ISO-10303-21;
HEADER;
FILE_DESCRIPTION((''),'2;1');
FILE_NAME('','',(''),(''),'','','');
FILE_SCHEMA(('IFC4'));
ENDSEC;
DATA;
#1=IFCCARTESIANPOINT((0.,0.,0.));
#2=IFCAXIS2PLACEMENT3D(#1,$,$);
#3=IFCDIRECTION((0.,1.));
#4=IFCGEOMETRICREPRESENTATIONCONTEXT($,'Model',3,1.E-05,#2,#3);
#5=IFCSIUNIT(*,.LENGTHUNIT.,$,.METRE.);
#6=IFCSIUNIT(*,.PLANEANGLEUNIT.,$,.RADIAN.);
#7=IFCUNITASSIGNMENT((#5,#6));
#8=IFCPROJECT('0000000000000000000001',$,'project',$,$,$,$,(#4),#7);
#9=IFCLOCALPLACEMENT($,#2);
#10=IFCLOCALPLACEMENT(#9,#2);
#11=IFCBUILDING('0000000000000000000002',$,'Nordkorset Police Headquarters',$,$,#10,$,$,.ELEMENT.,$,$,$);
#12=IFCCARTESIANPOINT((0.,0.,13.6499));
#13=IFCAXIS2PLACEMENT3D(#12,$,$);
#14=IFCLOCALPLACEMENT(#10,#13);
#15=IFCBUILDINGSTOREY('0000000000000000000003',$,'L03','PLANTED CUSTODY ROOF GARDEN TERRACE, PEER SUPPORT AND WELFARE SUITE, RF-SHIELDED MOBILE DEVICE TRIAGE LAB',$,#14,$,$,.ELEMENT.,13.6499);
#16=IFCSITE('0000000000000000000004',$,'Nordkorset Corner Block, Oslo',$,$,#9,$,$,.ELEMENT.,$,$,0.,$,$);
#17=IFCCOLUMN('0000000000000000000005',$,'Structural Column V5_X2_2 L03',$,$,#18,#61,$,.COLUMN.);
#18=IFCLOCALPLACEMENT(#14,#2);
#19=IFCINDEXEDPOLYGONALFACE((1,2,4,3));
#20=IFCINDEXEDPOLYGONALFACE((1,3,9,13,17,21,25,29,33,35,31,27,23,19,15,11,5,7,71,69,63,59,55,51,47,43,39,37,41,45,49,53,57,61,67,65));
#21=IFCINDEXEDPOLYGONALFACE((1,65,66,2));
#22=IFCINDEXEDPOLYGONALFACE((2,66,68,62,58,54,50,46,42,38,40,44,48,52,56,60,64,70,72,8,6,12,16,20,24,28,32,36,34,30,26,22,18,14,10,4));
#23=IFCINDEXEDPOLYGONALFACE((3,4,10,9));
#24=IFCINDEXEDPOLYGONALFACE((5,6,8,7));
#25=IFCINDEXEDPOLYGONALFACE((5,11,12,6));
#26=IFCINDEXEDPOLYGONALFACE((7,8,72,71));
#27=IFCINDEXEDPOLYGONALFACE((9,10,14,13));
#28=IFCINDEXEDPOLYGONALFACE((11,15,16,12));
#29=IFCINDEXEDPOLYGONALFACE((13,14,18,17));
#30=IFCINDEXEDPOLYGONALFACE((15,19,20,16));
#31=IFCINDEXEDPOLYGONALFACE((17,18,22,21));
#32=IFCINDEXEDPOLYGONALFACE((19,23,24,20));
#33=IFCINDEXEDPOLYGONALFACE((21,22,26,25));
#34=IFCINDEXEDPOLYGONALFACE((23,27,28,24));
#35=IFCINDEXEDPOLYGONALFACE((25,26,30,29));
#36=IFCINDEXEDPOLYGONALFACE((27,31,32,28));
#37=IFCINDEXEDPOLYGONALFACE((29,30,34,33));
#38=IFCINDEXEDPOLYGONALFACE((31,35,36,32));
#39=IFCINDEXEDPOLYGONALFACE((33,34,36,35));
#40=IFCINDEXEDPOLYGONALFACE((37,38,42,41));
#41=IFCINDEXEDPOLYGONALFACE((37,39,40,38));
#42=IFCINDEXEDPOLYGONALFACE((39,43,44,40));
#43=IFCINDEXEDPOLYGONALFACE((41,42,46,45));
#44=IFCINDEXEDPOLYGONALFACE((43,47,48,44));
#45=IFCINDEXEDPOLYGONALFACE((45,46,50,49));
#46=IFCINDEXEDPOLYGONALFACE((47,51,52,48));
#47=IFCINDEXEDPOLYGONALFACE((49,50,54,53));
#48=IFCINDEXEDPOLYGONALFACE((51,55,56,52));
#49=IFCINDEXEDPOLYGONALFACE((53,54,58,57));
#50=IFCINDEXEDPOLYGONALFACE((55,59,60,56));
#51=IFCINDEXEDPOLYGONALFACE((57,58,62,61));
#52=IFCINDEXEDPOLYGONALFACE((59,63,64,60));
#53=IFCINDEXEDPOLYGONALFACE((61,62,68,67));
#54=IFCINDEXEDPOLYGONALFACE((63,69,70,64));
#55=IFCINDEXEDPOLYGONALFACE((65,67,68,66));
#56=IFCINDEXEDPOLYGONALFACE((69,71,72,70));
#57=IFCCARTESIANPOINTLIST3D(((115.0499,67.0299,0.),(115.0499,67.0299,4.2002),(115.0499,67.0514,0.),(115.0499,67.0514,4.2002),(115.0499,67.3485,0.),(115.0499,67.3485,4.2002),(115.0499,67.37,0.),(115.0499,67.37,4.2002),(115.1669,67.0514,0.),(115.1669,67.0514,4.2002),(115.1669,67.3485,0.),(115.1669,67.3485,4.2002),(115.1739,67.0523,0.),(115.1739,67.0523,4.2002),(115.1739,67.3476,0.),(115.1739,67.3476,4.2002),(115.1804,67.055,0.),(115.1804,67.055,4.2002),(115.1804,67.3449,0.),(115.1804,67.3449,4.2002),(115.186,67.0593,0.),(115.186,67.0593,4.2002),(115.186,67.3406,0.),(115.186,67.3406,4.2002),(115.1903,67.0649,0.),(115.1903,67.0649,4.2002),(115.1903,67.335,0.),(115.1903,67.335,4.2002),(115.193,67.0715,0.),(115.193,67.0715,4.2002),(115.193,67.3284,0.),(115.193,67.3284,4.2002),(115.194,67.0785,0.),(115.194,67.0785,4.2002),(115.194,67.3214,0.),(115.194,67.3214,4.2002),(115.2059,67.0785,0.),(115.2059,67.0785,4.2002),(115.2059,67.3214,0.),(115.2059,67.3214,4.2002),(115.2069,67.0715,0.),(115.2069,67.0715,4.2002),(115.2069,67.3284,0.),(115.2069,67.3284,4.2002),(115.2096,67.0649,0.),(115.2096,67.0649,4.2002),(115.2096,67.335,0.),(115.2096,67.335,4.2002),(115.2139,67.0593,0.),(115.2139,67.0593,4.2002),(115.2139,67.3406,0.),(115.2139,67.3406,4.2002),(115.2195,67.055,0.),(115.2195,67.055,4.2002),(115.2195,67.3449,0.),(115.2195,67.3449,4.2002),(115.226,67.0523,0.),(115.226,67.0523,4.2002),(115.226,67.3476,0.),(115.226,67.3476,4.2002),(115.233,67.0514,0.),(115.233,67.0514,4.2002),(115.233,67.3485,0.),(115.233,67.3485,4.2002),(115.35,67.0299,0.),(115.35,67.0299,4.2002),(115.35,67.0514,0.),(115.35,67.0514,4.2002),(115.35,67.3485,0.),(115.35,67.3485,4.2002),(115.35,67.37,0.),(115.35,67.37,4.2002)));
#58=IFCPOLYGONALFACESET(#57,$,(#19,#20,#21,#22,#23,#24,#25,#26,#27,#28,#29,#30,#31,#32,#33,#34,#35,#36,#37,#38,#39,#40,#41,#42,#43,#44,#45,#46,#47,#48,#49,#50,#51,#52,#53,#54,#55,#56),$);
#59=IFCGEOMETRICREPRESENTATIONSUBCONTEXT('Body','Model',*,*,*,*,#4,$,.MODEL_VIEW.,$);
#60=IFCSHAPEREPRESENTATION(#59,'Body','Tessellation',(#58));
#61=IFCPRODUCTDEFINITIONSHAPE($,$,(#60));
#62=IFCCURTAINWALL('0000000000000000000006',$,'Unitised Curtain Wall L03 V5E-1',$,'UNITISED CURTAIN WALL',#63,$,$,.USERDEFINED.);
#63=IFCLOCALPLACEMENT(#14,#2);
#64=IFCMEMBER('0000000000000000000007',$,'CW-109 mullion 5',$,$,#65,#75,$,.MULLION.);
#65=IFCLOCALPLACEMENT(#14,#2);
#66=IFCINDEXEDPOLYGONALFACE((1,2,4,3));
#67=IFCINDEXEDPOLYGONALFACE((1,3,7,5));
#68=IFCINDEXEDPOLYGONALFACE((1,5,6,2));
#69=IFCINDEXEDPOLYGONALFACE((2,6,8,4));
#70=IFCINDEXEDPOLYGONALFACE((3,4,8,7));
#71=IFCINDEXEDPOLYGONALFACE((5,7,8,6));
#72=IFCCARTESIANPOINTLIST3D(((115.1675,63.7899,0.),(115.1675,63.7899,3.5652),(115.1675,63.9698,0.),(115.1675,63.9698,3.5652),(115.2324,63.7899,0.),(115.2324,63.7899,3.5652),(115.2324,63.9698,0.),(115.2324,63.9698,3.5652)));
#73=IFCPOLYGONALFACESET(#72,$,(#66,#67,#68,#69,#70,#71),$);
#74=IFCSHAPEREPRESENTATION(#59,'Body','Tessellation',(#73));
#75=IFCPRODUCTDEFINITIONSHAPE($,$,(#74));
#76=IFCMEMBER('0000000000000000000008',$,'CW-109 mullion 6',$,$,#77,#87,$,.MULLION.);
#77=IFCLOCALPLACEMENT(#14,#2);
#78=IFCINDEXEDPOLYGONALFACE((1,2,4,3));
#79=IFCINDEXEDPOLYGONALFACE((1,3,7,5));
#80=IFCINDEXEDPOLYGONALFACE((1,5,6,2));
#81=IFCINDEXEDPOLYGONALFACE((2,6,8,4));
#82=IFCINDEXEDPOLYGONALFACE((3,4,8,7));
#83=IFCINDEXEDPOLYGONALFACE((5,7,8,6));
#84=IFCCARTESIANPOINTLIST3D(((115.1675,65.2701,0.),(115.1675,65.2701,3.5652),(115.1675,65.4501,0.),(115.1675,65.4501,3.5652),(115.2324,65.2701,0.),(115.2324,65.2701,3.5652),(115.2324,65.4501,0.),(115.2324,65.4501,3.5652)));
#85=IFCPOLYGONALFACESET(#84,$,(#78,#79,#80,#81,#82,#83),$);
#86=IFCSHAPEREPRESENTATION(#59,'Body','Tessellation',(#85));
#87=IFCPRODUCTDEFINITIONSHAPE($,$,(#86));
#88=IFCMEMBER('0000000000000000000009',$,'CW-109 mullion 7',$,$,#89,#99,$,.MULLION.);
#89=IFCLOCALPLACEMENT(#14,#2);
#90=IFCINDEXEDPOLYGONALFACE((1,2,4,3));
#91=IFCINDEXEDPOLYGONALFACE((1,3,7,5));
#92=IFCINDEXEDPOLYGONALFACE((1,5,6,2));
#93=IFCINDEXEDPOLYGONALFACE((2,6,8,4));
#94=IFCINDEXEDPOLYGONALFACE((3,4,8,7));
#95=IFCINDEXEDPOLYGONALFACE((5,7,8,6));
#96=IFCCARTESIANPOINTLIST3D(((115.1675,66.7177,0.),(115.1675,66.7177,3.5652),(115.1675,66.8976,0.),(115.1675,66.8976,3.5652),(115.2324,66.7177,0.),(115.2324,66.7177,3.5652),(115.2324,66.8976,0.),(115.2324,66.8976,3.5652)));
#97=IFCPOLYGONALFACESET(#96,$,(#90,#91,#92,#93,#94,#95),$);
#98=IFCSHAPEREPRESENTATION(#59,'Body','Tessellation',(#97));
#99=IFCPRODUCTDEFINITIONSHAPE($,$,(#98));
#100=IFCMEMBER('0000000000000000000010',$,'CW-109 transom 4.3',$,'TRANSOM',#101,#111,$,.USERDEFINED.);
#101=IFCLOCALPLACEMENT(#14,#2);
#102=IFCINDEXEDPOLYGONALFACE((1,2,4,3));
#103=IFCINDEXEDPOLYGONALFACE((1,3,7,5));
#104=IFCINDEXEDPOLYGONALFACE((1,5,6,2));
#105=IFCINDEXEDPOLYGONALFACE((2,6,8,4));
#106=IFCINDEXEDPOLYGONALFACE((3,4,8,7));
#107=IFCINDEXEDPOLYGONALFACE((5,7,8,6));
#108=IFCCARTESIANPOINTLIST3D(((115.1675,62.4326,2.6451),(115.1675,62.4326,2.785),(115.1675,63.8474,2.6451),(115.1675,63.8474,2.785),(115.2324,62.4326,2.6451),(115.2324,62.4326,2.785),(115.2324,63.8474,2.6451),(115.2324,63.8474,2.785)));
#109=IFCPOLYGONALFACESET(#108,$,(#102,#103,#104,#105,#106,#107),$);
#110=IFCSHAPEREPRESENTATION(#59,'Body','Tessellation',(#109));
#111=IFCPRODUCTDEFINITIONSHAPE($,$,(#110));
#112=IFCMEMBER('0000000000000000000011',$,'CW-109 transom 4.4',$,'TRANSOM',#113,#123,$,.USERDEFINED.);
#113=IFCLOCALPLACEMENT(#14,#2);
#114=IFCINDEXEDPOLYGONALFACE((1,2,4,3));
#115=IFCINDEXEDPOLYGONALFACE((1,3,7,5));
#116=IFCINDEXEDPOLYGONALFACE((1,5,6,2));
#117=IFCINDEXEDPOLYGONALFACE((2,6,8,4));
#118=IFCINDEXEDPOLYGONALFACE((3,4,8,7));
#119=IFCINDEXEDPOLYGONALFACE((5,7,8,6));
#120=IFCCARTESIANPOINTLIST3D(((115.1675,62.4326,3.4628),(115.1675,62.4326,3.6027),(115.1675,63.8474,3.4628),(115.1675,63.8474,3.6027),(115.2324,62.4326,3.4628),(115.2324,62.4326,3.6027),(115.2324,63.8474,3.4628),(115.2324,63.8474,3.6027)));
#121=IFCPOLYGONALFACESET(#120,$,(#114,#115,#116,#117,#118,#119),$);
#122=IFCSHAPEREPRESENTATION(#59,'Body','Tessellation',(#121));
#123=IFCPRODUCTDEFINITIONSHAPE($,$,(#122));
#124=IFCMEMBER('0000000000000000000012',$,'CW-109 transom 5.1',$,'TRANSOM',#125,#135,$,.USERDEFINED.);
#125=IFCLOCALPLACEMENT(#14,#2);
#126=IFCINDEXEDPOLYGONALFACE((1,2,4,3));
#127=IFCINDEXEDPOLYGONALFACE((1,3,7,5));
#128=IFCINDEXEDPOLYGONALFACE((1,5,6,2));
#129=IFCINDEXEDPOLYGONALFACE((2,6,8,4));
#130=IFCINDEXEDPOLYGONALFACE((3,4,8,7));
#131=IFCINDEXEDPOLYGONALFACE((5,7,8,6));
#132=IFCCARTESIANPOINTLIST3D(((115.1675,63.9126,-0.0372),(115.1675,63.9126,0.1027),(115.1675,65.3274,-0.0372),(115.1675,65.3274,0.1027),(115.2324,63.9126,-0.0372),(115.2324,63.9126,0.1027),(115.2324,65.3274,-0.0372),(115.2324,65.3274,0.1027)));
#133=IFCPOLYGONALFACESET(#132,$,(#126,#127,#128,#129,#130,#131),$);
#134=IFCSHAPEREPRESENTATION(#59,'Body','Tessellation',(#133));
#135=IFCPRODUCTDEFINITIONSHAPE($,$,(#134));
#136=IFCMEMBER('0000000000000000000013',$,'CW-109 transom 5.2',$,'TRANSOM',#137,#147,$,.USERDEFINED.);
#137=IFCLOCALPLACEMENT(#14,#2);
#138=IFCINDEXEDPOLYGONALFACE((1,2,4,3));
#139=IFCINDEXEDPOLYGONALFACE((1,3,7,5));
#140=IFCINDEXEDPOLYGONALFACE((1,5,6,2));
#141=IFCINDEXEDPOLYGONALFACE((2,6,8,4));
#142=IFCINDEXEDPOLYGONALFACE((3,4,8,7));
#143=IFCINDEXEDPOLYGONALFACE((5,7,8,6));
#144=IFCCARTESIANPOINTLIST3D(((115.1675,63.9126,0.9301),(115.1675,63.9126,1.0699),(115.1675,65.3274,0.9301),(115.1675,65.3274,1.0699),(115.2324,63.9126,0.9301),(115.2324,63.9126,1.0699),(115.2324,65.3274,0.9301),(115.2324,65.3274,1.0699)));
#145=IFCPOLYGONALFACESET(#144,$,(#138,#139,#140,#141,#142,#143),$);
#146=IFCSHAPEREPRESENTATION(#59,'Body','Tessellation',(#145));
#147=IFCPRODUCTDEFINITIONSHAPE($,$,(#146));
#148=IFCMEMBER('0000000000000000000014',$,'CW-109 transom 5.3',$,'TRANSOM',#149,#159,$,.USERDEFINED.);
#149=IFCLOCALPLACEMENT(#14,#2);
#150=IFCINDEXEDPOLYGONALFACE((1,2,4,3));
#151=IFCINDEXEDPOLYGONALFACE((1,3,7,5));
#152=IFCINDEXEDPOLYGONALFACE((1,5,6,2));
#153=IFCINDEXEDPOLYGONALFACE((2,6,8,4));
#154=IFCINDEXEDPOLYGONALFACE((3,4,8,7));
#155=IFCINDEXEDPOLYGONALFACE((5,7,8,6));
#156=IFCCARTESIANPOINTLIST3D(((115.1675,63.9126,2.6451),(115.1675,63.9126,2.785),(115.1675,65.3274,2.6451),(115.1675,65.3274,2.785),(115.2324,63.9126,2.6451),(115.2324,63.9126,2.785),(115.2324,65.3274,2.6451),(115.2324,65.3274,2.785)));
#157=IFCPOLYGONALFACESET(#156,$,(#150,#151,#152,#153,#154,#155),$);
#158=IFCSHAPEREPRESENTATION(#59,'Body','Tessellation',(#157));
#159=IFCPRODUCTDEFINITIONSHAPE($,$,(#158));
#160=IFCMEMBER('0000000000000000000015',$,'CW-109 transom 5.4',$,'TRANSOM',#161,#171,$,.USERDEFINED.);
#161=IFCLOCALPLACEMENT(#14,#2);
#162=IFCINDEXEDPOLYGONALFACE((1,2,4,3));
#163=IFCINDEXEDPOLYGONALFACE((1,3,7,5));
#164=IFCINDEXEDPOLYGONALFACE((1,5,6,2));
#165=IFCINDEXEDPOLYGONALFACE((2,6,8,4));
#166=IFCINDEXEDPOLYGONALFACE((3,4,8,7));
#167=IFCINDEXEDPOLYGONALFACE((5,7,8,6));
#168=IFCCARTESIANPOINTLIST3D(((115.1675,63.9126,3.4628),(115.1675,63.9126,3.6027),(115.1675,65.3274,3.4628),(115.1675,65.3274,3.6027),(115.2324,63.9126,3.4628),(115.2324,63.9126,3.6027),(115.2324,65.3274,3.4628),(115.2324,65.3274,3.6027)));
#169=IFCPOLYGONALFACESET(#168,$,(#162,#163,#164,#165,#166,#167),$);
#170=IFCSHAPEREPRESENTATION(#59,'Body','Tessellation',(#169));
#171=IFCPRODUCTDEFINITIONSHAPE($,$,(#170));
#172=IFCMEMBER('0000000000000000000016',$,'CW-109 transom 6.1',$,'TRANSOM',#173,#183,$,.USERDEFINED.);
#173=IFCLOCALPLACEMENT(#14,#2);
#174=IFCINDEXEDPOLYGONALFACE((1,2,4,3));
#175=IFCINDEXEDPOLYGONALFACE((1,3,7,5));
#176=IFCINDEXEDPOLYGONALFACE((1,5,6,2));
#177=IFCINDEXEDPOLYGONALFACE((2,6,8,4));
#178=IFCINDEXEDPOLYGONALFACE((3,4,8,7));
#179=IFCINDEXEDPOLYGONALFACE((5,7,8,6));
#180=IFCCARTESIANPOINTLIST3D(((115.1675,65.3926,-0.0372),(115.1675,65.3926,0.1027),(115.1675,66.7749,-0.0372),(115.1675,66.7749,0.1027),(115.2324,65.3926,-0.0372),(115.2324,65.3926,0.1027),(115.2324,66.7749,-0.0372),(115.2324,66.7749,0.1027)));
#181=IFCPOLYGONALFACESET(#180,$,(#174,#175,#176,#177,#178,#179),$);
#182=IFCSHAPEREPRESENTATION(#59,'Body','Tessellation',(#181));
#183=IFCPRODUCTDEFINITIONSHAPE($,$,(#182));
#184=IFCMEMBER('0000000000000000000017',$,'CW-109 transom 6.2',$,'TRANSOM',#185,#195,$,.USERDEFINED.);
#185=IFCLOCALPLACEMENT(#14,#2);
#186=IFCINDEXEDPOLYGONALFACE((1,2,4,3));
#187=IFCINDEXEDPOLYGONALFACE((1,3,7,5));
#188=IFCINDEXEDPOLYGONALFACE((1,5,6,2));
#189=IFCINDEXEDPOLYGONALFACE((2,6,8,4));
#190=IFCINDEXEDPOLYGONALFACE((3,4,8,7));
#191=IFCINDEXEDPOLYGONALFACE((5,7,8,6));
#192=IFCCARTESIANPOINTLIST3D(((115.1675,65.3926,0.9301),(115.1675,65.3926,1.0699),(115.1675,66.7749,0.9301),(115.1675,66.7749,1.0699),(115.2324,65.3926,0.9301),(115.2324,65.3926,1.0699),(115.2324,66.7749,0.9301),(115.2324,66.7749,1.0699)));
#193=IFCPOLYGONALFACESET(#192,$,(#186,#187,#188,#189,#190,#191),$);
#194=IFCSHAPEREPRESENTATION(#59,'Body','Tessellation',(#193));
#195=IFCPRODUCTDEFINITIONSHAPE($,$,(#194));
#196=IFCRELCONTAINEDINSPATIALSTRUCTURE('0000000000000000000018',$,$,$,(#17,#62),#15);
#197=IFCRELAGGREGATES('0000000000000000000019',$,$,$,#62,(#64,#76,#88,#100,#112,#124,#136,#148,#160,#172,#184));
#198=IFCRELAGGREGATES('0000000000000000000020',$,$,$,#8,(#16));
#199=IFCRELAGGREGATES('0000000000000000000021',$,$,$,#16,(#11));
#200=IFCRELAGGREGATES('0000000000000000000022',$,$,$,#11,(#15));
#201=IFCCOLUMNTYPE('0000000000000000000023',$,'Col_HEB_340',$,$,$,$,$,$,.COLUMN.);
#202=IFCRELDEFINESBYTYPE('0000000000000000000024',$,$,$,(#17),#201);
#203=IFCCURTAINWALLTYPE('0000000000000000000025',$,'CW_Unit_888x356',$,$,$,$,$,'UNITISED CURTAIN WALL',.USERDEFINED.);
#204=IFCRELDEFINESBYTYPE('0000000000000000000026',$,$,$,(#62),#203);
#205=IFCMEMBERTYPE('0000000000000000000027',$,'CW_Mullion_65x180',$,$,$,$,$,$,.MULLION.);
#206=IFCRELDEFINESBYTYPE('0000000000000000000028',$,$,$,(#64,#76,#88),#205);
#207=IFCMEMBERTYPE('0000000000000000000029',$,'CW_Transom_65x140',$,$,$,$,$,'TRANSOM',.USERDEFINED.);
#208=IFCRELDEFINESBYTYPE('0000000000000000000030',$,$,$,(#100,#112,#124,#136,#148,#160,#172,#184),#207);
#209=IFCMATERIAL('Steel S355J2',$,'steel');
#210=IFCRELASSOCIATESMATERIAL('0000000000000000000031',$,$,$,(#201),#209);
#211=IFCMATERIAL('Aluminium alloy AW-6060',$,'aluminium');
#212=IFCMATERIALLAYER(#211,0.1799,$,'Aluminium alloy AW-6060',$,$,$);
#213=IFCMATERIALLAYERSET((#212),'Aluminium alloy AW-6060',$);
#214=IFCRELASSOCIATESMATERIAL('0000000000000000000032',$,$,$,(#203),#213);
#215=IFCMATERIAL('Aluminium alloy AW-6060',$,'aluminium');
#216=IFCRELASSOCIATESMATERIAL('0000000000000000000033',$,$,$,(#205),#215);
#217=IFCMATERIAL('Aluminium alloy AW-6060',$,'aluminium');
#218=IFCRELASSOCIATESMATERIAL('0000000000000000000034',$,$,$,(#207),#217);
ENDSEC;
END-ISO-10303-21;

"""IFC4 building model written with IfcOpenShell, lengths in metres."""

from ifc_helpers import new_model, si_unit, direction, frame, origin, origin_2d, place, context, subcontext, project, spatial, rectangle, i_section, extrude, material, layer, layer_set, material_profile, profile_set, type_object, element, aggregate, save


model = new_model("IFC4")

# Units and contexts
model_context = context("Model", 3, precision=1e-05, world=origin(), true_north=direction((0.0, 1.0)))
body_context = subcontext(model_context, "Body", "Model", "MODEL_VIEW")
ifc_project = project(units=[si_unit("LENGTHUNIT", "METRE"), si_unit("PLANEANGLEUNIT", "RADIAN")], contexts=[model_context])

# Site, building, storey
site_placement = place(None, origin())
site = spatial("IfcSite", under=ifc_project, at=site_placement, Name="Nordkorset Corner Block, Oslo", CompositionType="ELEMENT", RefElevation=0.0)
building_placement = place(site_placement, origin())
building = spatial("IfcBuilding", under=site, at=building_placement, Name="Nordkorset Police Headquarters", CompositionType="ELEMENT")
storey_placement = place(building_placement, frame((0.0, 0.0, 13.6499)))
storey = spatial("IfcBuildingStorey", under=building, at=storey_placement, Name="L03", Description="PLANTED CUSTODY ROOF GARDEN TERRACE, PEER SUPPORT AND WELFARE SUITE, RF-SHIELDED MOBILE DEVICE TRIAGE LAB", CompositionType="ELEMENT", Elevation=13.6499)

# Column
ifc_material_1 = material(Name="Steel S355J2", Category="steel")
ifc_material_profile_1 = material_profile(ifc_material_1, i_section(OverallWidth=0.3, OverallDepth=0.3401, WebThickness=0.012, FlangeThickness=0.0215, FilletRadius=0.0271, at=origin_2d()), Name="HEB 340")
ifc_profile_set_1 = profile_set([ifc_material_profile_1], Name="Steel S355J2")
column_type = type_object("IfcColumnType", Name="Col_HEB_340", PredefinedType="COLUMN", material=ifc_profile_set_1)
column_placement = place(storey_placement, frame((115.2, 67.2, 0.0), z_axis=(0.0, 0.0, 1.0), x_axis=(1.0, 0.0, 0.0)))
element("IfcColumn", 1, at=column_placement, inside=storey, type_object=column_type, Name="Structural Column V5_X2_2 L03", PredefinedType="COLUMN", context=body_context, shape_type="SweptSolid", body=[
    extrude(i_section(OverallWidth=0.3, OverallDepth=0.3401, WebThickness=0.012, FlangeThickness=0.0215, FilletRadius=0.0271, at=origin_2d()), origin(), (0.0, 0.0, 1.0), 4.2002),
])

# Curtain wall, members
ifc_material_2 = material(Name="Aluminium alloy AW-6060", Category="aluminium")
ifc_layer_1 = layer(ifc_material_2, 0.1799, Name="Aluminium alloy AW-6060")
ifc_layer_set_1 = layer_set([ifc_layer_1], Name="Aluminium alloy AW-6060")
curtain_wall_type = type_object("IfcCurtainWallType", Name="CW_Unit_888x356", ElementType="UNITISED CURTAIN WALL", PredefinedType="USERDEFINED", material=ifc_layer_set_1)
curtain_wall_placement = place(storey_placement, origin())
curtain_wall = element("IfcCurtainWall", 2, at=curtain_wall_placement, inside=storey, type_object=curtain_wall_type, Name="Unitised Curtain Wall L03 V5E-1", ObjectType="UNITISED CURTAIN WALL", PredefinedType="USERDEFINED")
ifc_material_3 = material(Name="Aluminium alloy AW-6060", Category="aluminium")
ifc_material_profile_2 = material_profile(ifc_material_3, rectangle(XDim=0.0649, YDim=0.1799, at=origin_2d()), Name="ALU MULL 65x180")
ifc_profile_set_2 = profile_set([ifc_material_profile_2], Name="Aluminium alloy AW-6060")
member_type_1 = type_object("IfcMemberType", Name="CW_Mullion_65x180", PredefinedType="MULLION", material=ifc_profile_set_2)
member_1_placement = place(storey_placement, frame((115.2, 63.8799, 0.0), z_axis=(0.0, 0.0, 1.0), x_axis=(-1.0, 0.0, 0.0)))
member_1 = element("IfcMember", 3, at=member_1_placement, type_object=member_type_1, Name="CW-109 mullion 5", PredefinedType="MULLION", context=body_context, shape_type="SweptSolid", body=[
    extrude(rectangle(XDim=0.0649, YDim=0.1799, at=origin_2d()), origin(), (0.0, 0.0, 1.0), 3.5652),
])
member_2_placement = place(storey_placement, frame((115.2, 65.3601, 0.0), z_axis=(0.0, 0.0, 1.0), x_axis=(-1.0, 0.0, 0.0)))
member_2 = element("IfcMember", 4, at=member_2_placement, type_object=member_type_1, Name="CW-109 mullion 6", PredefinedType="MULLION", context=body_context, shape_type="SweptSolid", body=[
    extrude(rectangle(XDim=0.0649, YDim=0.1799, at=origin_2d()), origin(), (0.0, 0.0, 1.0), 3.5652),
])
member_3_placement = place(storey_placement, frame((115.2, 66.8076, 0.0), z_axis=(0.0, 0.0, 1.0), x_axis=(-1.0, 0.0, 0.0)))
member_3 = element("IfcMember", 5, at=member_3_placement, type_object=member_type_1, Name="CW-109 mullion 7", PredefinedType="MULLION", context=body_context, shape_type="SweptSolid", body=[
    extrude(rectangle(XDim=0.0649, YDim=0.1799, at=origin_2d()), origin(), (0.0, 0.0, 1.0), 3.5652),
])
ifc_material_4 = material(Name="Aluminium alloy AW-6060", Category="aluminium")
ifc_material_profile_3 = material_profile(ifc_material_4, rectangle(XDim=0.0649, YDim=0.1399, at=origin_2d()), Name="ALU TRAN 65x140")
ifc_profile_set_3 = profile_set([ifc_material_profile_3], Name="Aluminium alloy AW-6060")
member_type_2 = type_object("IfcMemberType", Name="CW_Transom_65x140", ElementType="TRANSOM", PredefinedType="USERDEFINED", material=ifc_profile_set_3)
member_4_placement = place(storey_placement, frame((115.2, 62.4326, 2.7151), z_axis=(0.0, 1.0, 0.0), x_axis=(-1.0, 0.0, 0.0)))
member_4 = element("IfcMember", 6, at=member_4_placement, type_object=member_type_2, Name="CW-109 transom 4.3", ObjectType="TRANSOM", PredefinedType="USERDEFINED", context=body_context, shape_type="SweptSolid", body=[
    extrude(rectangle(XDim=0.0649, YDim=0.1399, at=origin_2d()), origin(), (0.0, 0.0, 1.0), 1.4148),
])
member_5_placement = place(storey_placement, frame((115.2, 62.4326, 3.5327), z_axis=(0.0, 1.0, 0.0), x_axis=(-1.0, 0.0, 0.0)))
member_5 = element("IfcMember", 7, at=member_5_placement, type_object=member_type_2, Name="CW-109 transom 4.4", ObjectType="TRANSOM", PredefinedType="USERDEFINED", context=body_context, shape_type="SweptSolid", body=[
    extrude(rectangle(XDim=0.0649, YDim=0.1399, at=origin_2d()), origin(), (0.0, 0.0, 1.0), 1.4148),
])
member_6_placement = place(storey_placement, frame((115.2, 63.9126, 0.0327), z_axis=(0.0, 1.0, 0.0), x_axis=(-1.0, 0.0, 0.0)))
member_6 = element("IfcMember", 8, at=member_6_placement, type_object=member_type_2, Name="CW-109 transom 5.1", ObjectType="TRANSOM", PredefinedType="USERDEFINED", context=body_context, shape_type="SweptSolid", body=[
    extrude(rectangle(XDim=0.0649, YDim=0.1399, at=origin_2d()), origin(), (0.0, 0.0, 1.0), 1.4148),
])
member_7_placement = place(storey_placement, frame((115.2, 63.9126, 1.0), z_axis=(0.0, 1.0, 0.0), x_axis=(-1.0, 0.0, 0.0)))
member_7 = element("IfcMember", 9, at=member_7_placement, type_object=member_type_2, Name="CW-109 transom 5.2", ObjectType="TRANSOM", PredefinedType="USERDEFINED", context=body_context, shape_type="SweptSolid", body=[
    extrude(rectangle(XDim=0.0649, YDim=0.1399, at=origin_2d()), origin(), (0.0, 0.0, 1.0), 1.4148),
])
member_8_placement = place(storey_placement, frame((115.2, 63.9126, 2.7151), z_axis=(0.0, 1.0, 0.0), x_axis=(-1.0, 0.0, 0.0)))
member_8 = element("IfcMember", 10, at=member_8_placement, type_object=member_type_2, Name="CW-109 transom 5.3", ObjectType="TRANSOM", PredefinedType="USERDEFINED", context=body_context, shape_type="SweptSolid", body=[
    extrude(rectangle(XDim=0.0649, YDim=0.1399, at=origin_2d()), origin(), (0.0, 0.0, 1.0), 1.4148),
])
member_9_placement = place(storey_placement, frame((115.2, 63.9126, 3.5327), z_axis=(0.0, 1.0, 0.0), x_axis=(-1.0, 0.0, 0.0)))
member_9 = element("IfcMember", 11, at=member_9_placement, type_object=member_type_2, Name="CW-109 transom 5.4", ObjectType="TRANSOM", PredefinedType="USERDEFINED", context=body_context, shape_type="SweptSolid", body=[
    extrude(rectangle(XDim=0.0649, YDim=0.1399, at=origin_2d()), origin(), (0.0, 0.0, 1.0), 1.4148),
])
member_10_placement = place(storey_placement, frame((115.2, 65.3926, 0.0327), z_axis=(0.0, 1.0, 0.0), x_axis=(-1.0, 0.0, 0.0)))
member_10 = element("IfcMember", 12, at=member_10_placement, type_object=member_type_2, Name="CW-109 transom 6.1", ObjectType="TRANSOM", PredefinedType="USERDEFINED", context=body_context, shape_type="SweptSolid", body=[
    extrude(rectangle(XDim=0.0649, YDim=0.1399, at=origin_2d()), origin(), (0.0, 0.0, 1.0), 1.3823),
])
member_11_placement = place(storey_placement, frame((115.2, 65.3926, 1.0), z_axis=(0.0, 1.0, 0.0), x_axis=(-1.0, 0.0, 0.0)))
member_11 = element("IfcMember", 13, at=member_11_placement, type_object=member_type_2, Name="CW-109 transom 6.2", ObjectType="TRANSOM", PredefinedType="USERDEFINED", context=body_context, shape_type="SweptSolid", body=[
    extrude(rectangle(XDim=0.0649, YDim=0.1399, at=origin_2d()), origin(), (0.0, 0.0, 1.0), 1.3823),
])
aggregate(curtain_wall, [member_1, member_2, member_3, member_4, member_5, member_6, member_7, member_8, member_9, member_10, member_11])

save(model, "model.ifc")
